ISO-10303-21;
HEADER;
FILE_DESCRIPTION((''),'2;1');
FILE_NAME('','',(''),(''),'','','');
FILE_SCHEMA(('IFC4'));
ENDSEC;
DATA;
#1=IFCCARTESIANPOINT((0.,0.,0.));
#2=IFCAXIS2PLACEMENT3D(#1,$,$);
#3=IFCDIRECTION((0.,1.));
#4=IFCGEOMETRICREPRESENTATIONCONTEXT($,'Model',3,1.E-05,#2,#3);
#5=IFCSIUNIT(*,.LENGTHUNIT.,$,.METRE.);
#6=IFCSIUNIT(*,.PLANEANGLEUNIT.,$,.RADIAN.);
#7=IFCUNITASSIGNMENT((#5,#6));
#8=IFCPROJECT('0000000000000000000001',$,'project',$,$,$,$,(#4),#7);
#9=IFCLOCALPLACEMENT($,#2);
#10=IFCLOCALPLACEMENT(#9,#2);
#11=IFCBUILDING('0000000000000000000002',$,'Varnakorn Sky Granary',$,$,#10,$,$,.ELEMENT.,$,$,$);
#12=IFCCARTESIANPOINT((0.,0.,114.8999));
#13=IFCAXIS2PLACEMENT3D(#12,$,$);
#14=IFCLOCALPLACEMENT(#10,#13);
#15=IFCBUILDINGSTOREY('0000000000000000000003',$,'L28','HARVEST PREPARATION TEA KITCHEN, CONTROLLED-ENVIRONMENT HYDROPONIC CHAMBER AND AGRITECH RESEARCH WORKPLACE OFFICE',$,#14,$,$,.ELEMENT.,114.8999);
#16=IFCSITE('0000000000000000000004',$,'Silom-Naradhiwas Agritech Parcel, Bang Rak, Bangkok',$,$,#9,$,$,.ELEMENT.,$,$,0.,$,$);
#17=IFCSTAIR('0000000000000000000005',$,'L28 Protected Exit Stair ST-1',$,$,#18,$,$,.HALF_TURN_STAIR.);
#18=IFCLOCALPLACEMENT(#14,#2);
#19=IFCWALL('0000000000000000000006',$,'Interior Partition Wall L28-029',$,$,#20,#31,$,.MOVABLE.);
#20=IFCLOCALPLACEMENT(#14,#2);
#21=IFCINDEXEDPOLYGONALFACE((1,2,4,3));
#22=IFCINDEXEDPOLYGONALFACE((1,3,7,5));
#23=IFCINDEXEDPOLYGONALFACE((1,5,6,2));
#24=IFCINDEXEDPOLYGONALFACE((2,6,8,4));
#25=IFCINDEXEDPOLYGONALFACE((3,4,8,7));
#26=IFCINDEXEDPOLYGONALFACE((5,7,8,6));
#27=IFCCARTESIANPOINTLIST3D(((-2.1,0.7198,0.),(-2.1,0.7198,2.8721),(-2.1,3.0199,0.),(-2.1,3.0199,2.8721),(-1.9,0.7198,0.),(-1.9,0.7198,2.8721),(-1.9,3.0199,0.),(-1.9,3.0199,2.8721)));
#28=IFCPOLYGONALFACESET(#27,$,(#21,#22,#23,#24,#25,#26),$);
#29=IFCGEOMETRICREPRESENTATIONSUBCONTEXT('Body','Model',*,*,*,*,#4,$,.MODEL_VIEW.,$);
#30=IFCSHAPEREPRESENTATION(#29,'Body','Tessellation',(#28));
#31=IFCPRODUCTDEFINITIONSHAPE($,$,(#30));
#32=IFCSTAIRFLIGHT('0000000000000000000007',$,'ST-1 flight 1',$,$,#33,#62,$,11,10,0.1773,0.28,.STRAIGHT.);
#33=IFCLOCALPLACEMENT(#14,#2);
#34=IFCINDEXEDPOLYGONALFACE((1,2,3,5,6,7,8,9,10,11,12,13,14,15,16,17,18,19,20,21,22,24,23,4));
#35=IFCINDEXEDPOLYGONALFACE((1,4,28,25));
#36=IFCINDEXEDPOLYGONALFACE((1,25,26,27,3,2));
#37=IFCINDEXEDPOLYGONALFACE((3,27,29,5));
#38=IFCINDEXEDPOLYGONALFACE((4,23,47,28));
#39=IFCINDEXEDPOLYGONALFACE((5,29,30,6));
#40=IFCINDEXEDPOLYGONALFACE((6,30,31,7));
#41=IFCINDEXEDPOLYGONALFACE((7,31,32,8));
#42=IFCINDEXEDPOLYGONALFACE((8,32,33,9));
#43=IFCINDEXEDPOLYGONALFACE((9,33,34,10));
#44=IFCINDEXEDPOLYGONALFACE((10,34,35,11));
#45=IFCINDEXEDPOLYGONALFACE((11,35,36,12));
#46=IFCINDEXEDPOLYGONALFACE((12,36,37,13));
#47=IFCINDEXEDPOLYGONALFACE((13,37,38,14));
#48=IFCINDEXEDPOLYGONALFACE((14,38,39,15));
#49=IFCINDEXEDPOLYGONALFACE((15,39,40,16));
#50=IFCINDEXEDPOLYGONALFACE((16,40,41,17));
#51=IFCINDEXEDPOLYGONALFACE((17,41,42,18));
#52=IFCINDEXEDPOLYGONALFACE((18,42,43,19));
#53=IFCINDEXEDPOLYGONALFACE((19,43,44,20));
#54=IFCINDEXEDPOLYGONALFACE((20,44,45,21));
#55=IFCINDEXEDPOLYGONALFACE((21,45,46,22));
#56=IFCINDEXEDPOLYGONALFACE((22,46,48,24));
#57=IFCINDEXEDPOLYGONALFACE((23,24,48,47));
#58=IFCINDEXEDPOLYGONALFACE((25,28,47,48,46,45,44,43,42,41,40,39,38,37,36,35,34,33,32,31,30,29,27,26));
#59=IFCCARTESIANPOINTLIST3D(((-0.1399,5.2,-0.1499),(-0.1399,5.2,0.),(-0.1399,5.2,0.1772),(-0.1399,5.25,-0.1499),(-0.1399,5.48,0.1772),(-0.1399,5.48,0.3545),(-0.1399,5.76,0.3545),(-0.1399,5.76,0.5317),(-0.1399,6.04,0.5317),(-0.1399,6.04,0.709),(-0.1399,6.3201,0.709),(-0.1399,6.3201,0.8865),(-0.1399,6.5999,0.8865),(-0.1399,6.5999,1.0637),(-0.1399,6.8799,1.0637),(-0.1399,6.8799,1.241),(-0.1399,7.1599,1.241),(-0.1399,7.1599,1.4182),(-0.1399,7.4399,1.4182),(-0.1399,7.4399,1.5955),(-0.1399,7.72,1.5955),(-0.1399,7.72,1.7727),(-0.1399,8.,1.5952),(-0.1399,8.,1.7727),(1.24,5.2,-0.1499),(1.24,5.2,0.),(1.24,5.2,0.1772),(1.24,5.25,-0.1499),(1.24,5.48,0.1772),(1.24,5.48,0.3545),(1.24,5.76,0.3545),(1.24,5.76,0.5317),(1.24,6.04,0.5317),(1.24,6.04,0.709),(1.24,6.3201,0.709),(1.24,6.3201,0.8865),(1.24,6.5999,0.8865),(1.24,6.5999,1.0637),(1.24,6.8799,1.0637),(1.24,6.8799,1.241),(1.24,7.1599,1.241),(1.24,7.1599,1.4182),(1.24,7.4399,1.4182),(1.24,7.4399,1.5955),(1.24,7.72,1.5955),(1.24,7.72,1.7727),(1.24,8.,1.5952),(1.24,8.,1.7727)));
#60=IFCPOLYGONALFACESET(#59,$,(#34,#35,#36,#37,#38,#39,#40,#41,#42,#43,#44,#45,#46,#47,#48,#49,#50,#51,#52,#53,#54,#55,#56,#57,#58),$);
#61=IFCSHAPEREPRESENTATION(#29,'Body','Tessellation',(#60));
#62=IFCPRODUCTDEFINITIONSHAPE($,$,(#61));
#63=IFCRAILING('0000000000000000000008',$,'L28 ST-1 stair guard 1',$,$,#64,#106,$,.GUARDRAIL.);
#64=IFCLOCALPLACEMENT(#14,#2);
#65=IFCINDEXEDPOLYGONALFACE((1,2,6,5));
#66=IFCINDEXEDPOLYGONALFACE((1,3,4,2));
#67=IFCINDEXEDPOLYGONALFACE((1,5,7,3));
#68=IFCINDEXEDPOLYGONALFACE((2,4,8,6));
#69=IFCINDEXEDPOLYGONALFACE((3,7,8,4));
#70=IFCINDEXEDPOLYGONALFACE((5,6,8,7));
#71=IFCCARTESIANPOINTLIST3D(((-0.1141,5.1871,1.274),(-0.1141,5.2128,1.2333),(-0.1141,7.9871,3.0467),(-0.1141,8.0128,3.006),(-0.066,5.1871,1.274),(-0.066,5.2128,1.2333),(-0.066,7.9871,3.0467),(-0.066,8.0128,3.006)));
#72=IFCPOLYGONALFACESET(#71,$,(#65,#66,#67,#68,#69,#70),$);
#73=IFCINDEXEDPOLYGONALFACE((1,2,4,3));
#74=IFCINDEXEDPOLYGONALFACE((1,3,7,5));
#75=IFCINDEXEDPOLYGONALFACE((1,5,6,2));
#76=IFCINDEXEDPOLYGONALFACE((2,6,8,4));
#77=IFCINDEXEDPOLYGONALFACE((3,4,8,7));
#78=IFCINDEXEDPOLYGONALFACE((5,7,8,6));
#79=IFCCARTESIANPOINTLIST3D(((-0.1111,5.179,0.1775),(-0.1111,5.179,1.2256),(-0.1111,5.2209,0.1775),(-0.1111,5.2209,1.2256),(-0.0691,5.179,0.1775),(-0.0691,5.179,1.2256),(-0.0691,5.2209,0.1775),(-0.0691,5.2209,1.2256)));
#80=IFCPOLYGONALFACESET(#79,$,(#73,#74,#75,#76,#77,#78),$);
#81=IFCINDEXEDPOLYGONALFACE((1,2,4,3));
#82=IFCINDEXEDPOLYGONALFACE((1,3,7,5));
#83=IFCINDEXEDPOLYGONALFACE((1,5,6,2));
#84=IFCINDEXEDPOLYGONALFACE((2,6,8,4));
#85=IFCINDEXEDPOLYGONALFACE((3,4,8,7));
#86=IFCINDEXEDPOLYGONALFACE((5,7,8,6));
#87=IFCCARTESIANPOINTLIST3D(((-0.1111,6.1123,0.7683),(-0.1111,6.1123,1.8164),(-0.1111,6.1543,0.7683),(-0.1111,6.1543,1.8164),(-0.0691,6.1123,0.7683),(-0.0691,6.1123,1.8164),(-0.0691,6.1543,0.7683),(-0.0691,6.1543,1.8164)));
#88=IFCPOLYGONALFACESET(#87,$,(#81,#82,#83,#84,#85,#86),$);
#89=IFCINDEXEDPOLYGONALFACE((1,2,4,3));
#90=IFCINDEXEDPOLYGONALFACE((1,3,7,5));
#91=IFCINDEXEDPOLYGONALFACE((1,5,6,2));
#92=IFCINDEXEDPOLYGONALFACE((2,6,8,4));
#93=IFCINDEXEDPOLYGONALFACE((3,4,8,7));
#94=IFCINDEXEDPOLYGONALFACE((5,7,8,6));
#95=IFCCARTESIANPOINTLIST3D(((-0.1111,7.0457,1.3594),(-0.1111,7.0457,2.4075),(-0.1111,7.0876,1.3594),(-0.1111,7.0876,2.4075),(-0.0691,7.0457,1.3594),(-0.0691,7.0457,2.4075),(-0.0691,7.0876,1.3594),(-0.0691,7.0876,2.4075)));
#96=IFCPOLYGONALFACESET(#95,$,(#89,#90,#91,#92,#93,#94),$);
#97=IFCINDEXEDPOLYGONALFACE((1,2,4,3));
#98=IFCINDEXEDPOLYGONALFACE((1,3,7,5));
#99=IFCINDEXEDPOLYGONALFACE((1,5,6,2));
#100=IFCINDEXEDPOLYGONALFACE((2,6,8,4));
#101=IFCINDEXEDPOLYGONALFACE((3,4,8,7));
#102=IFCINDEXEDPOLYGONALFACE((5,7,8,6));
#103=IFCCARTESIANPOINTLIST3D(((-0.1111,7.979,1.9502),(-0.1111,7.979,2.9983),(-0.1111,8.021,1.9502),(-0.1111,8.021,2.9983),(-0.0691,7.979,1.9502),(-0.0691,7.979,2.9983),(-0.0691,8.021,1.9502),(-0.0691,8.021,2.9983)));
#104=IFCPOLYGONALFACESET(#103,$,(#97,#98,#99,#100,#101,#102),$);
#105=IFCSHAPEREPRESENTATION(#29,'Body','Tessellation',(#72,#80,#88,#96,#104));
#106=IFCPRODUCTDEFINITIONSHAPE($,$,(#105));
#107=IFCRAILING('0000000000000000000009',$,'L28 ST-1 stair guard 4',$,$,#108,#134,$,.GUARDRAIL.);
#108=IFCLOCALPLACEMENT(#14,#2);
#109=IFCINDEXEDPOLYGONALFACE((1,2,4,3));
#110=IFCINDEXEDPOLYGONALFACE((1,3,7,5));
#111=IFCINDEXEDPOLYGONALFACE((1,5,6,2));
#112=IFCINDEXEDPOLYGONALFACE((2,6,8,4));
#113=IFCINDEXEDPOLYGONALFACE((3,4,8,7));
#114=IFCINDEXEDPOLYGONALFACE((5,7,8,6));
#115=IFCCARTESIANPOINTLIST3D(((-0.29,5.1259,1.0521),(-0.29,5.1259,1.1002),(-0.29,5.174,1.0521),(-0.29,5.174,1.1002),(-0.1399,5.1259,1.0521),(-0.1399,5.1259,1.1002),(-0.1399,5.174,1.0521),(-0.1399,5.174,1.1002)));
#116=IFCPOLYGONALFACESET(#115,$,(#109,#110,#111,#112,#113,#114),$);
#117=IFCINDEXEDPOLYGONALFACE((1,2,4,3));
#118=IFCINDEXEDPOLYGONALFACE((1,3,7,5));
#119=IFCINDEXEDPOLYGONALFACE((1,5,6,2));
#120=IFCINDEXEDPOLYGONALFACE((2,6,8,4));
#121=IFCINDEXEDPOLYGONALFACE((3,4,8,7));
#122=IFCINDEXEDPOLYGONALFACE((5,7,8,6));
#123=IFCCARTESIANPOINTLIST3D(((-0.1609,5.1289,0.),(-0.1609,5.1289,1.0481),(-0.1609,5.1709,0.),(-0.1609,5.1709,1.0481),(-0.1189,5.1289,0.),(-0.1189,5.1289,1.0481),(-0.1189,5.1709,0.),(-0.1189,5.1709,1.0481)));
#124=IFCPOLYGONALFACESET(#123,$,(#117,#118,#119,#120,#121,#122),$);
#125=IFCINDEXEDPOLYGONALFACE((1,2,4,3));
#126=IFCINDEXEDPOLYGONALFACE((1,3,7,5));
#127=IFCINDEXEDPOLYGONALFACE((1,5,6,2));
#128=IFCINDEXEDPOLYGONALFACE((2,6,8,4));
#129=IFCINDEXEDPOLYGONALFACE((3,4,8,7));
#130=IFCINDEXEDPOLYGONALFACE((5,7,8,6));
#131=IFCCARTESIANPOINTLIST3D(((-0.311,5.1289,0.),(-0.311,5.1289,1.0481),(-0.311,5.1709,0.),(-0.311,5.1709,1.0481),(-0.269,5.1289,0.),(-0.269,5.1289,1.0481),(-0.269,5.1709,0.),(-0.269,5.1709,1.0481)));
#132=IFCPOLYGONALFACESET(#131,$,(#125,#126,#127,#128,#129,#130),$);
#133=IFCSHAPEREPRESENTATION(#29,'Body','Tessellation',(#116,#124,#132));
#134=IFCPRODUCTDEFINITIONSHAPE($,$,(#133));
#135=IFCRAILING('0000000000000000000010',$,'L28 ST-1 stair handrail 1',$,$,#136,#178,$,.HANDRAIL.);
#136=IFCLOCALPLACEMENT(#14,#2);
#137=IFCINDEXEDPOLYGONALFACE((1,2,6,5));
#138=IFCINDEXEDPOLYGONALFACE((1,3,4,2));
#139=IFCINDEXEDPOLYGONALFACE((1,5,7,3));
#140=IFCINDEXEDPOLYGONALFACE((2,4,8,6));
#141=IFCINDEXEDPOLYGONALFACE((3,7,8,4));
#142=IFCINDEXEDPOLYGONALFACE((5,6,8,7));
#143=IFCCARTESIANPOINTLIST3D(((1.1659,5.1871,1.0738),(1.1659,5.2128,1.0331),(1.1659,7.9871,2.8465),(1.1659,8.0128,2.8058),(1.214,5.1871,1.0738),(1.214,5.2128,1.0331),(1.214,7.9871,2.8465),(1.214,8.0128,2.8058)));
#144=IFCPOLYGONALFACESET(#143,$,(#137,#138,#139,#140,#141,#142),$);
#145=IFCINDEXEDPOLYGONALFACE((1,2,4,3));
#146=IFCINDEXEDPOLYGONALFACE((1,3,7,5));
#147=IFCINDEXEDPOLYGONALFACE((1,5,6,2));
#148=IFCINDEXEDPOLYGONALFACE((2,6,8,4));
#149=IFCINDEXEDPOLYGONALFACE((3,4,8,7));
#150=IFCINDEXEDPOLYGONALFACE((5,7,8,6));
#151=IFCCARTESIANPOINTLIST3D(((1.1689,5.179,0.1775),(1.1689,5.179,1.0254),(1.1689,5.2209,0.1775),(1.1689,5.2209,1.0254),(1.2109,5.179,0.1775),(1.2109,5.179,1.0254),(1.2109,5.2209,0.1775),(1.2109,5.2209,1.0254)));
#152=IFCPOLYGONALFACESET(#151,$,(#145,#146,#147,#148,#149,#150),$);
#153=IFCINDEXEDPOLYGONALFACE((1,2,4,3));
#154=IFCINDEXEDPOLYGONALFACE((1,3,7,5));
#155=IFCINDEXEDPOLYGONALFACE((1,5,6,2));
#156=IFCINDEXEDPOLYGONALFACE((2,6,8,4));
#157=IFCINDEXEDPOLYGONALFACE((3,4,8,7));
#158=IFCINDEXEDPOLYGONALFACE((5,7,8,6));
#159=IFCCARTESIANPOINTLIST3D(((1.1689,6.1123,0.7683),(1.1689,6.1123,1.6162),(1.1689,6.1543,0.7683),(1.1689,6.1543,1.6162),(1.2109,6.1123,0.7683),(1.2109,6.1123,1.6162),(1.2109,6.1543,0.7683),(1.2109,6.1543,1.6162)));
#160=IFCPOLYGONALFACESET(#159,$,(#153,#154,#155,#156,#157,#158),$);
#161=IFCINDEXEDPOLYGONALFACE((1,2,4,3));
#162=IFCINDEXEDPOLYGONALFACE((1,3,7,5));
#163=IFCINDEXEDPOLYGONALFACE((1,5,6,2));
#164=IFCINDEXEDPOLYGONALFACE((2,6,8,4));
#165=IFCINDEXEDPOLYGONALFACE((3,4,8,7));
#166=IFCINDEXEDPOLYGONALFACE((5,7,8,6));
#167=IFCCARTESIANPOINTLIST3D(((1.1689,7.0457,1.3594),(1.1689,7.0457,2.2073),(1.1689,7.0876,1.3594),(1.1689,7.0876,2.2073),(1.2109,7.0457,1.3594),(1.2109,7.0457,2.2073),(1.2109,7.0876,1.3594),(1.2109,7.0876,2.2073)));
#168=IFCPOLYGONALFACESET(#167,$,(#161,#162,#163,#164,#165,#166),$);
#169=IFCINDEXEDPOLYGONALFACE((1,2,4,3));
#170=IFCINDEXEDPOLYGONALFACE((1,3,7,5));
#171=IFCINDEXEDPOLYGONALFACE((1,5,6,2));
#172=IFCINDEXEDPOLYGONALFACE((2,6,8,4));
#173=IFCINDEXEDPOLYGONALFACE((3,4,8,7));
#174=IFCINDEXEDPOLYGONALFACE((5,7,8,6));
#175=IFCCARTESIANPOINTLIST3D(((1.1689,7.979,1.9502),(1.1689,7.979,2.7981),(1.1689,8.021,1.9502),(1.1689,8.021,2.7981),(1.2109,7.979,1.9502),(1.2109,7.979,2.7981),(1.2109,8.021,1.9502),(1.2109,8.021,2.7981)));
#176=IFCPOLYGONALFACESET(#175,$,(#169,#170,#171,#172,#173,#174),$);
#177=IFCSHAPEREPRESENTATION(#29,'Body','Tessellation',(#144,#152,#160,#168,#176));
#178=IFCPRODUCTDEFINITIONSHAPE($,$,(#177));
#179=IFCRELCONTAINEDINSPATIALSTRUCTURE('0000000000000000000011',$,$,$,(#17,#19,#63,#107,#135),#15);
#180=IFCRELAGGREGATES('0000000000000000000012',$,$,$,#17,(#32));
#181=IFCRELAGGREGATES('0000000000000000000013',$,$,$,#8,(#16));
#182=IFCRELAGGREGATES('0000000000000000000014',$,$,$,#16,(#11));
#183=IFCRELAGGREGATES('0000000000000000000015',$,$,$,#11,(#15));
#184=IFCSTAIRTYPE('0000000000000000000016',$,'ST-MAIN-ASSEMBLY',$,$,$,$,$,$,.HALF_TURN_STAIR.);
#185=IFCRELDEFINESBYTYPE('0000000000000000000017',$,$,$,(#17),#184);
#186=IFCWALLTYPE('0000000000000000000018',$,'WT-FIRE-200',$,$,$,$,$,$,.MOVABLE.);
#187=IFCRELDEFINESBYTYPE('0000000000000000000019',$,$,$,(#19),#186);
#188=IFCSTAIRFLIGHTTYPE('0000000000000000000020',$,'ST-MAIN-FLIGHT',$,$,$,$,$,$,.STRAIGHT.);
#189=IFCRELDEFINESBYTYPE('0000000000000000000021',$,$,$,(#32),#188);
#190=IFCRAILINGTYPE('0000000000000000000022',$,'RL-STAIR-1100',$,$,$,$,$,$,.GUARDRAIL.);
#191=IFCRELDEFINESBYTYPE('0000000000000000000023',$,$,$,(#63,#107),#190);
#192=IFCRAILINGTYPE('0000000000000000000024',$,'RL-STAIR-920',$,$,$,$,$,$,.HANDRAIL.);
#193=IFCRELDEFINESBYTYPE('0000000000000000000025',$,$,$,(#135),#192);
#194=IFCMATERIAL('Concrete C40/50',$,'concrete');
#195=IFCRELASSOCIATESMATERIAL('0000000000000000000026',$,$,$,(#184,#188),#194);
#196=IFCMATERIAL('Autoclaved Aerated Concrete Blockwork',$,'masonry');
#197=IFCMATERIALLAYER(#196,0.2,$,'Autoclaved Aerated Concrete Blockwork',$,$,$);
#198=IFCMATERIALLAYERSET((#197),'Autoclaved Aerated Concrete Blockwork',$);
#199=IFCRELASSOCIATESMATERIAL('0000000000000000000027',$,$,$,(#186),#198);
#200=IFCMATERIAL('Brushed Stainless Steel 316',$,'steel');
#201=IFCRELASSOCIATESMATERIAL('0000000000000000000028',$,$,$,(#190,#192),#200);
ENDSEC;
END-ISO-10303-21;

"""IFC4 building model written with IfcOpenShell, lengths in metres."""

from ifc_helpers import new_model, si_unit, direction, frame, frame_2d, origin, origin_2d, place, context, subcontext, project, spatial, polyline, rectangle, outline, extrude, material, layer, layer_set, type_object, element, aggregate, save


model = new_model("IFC4")

# Units and contexts
model_context = context("Model", 3, precision=1e-05, world=origin(), true_north=direction((0.0, 1.0)))
body_context = subcontext(model_context, "Body", "Model", "MODEL_VIEW")
ifc_project = project(units=[si_unit("LENGTHUNIT", "METRE"), si_unit("PLANEANGLEUNIT", "RADIAN")], contexts=[model_context])

# Site, building, storey
site_placement = place(None, origin())
site = spatial("IfcSite", under=ifc_project, at=site_placement, Name="Silom-Naradhiwas Agritech Parcel, Bang Rak, Bangkok", CompositionType="ELEMENT", RefElevation=0.0)
building_placement = place(site_placement, origin())
building = spatial("IfcBuilding", under=site, at=building_placement, Name="Varnakorn Sky Granary", CompositionType="ELEMENT")
storey_placement = place(building_placement, frame((0.0, 0.0, 114.8999)))
storey = spatial("IfcBuildingStorey", under=building, at=storey_placement, Name="L28", Description="HARVEST PREPARATION TEA KITCHEN, CONTROLLED-ENVIRONMENT HYDROPONIC CHAMBER AND AGRITECH RESEARCH WORKPLACE OFFICE", CompositionType="ELEMENT", Elevation=114.8999)

# Stair
ifc_material_1 = material(Name="Concrete C40/50", Category="concrete")
stair_type = type_object("IfcStairType", Name="ST-MAIN-ASSEMBLY", PredefinedType="HALF_TURN_STAIR", material=ifc_material_1)
stair_1_placement = place(storey_placement, origin())
stair_1 = element("IfcStair", 1, at=stair_1_placement, inside=storey, type_object=stair_type, Name="L28 Protected Exit Stair ST-1", PredefinedType="HALF_TURN_STAIR")

# Wall
ifc_material_2 = material(Name="Autoclaved Aerated Concrete Blockwork", Category="masonry")
ifc_layer_1 = layer(ifc_material_2, 0.2, Name="Autoclaved Aerated Concrete Blockwork")
ifc_layer_set_1 = layer_set([ifc_layer_1], Name="Autoclaved Aerated Concrete Blockwork")
wall_type_1 = type_object("IfcWallType", Name="WT-FIRE-200", PredefinedType="MOVABLE", material=ifc_layer_set_1)
wall_1_placement = place(storey_placement, frame((-2.0, 0.72, 0.0), z_axis=(0.0, 0.0, 1.0), x_axis=(0.0, 1.0, 0.0)))
element("IfcWall", 2, at=wall_1_placement, inside=storey, type_object=wall_type_1, Name="Interior Partition Wall L28-029", PredefinedType="MOVABLE", context=body_context, shape_type="SweptSolid", body=[
    extrude(rectangle(XDim=2.3, YDim=0.2, at=frame_2d((1.1499, 0.0))), origin(), (0.0, 0.0, 1.0), 2.8721),
])

# Stair flight
stair_flight_type = type_object("IfcStairFlightType", Name="ST-MAIN-FLIGHT", PredefinedType="STRAIGHT", material=ifc_material_1)
stair_flight_placement = place(storey_placement, frame((0.55, 5.2, 0.0), z_axis=(0.0, 0.0, 1.0), x_axis=(0.0, 1.0, 0.0)))
stair_flight = element("IfcStairFlight", 3, at=stair_flight_placement, type_object=stair_flight_type, Name="ST-1 flight 1", NumberOfRisers=11, NumberOfTreads=10, PredefinedType="STRAIGHT", RiserHeight=0.1773, TreadLength=0.28, context=body_context, shape_type="SweptSolid", body=[
    extrude(outline(polyline([(0.0, -0.1499), (0.0, 0.0), (0.0, 0.1772), (0.28, 0.1772), (0.28, 0.3545), (0.5601, 0.3545), (0.5601, 0.5317), (0.8401, 0.5317), (0.8401, 0.709), (1.1201, 0.709), (1.1201, 0.8865), (1.3999, 0.8865), (1.3999, 1.0637), (1.6799, 1.0637), (1.6799, 1.241), (1.96, 1.241), (1.96, 1.4182), (2.24, 1.4182), (2.24, 1.5955), (2.52, 1.5955), (2.52, 1.7727), (2.8, 1.7727), (2.8, 1.95), (2.8, 1.5952), (0.05, -0.1499), (0.0, -0.1499)])), frame((0.0, 0.6899, 0.0), z_axis=(0.0, -1.0, 0.0), x_axis=(1.0, 0.0, 0.0)), (0.0, 0.0, 1.0), 1.3799),
])
aggregate(stair_1, [stair_flight])

# Railings
ifc_material_3 = material(Name="Brushed Stainless Steel 316", Category="steel")
railing_type_1 = type_object("IfcRailingType", Name="RL-STAIR-1100", PredefinedType="GUARDRAIL", material=ifc_material_3)
railing_1_placement = place(storey_placement, frame((-0.0901, 5.2, 0.1775)))
element("IfcRailing", 4, at=railing_1_placement, inside=storey, type_object=railing_type_1, Name="L28 ST-1 stair guard 1", PredefinedType="GUARDRAIL", context=body_context, shape_type="SweptSolid", body=[
    extrude(rectangle(XDim=0.0481, YDim=0.0481, at=origin_2d()), frame((0.0, 0.0, 1.0762), z_axis=(0.0, 0.844909, 0.53491), x_axis=(-1.0, 0.0, 0.0)), (0.0, 0.0, 1.0), 3.314),
    extrude(rectangle(XDim=0.042, YDim=0.042, at=origin_2d()), origin(), (0.0, 0.0, 1.0), 1.0481),
    extrude(rectangle(XDim=0.042, YDim=0.042, at=origin_2d()), frame((0.0, 0.9333, 0.5908)), (0.0, 0.0, 1.0), 1.0481),
    extrude(rectangle(XDim=0.042, YDim=0.042, at=origin_2d()), frame((0.0, 1.8667, 1.1819)), (0.0, 0.0, 1.0), 1.0481),
    extrude(rectangle(XDim=0.042, YDim=0.042, at=origin_2d()), frame((0.0, 2.8, 1.7727)), (0.0, 0.0, 1.0), 1.0481),
])
railing_2_placement = place(storey_placement, frame((-0.1399, 5.1499, 0.0)))
element("IfcRailing", 5, at=railing_2_placement, inside=storey, type_object=railing_type_1, Name="L28 ST-1 stair guard 4", PredefinedType="GUARDRAIL", context=body_context, shape_type="SweptSolid", body=[
    extrude(rectangle(XDim=0.0481, YDim=0.0481, at=origin_2d()), frame((0.0, 0.0, 1.0762), z_axis=(-1.0, 0.0, 0.0), x_axis=(0.0, -1.0, 0.0)), (0.0, 0.0, 1.0), 0.1501),
    extrude(rectangle(XDim=0.042, YDim=0.042, at=origin_2d()), origin(), (0.0, 0.0, 1.0), 1.0481),
    extrude(rectangle(XDim=0.042, YDim=0.042, at=origin_2d()), frame((-0.1501, 0.0, 0.0)), (0.0, 0.0, 1.0), 1.0481),
])
railing_type_2 = type_object("IfcRailingType", Name="RL-STAIR-920", PredefinedType="HANDRAIL", material=ifc_material_3)
railing_3_placement = place(storey_placement, frame((1.1899, 5.2, 0.1775)))
element("IfcRailing", 6, at=railing_3_placement, inside=storey, type_object=railing_type_2, Name="L28 ST-1 stair handrail 1", PredefinedType="HANDRAIL", context=body_context, shape_type="SweptSolid", body=[
    extrude(rectangle(XDim=0.0481, YDim=0.0481, at=origin_2d()), frame((0.0, 0.0, 0.876), z_axis=(0.0, 0.844909, 0.53491), x_axis=(-1.0, 0.0, 0.0)), (0.0, 0.0, 1.0), 3.314),
    extrude(rectangle(XDim=0.042, YDim=0.042, at=origin_2d()), origin(), (0.0, 0.0, 1.0), 0.8479),
    extrude(rectangle(XDim=0.042, YDim=0.042, at=origin_2d()), frame((0.0, 0.9333, 0.5908)), (0.0, 0.0, 1.0), 0.8479),
    extrude(rectangle(XDim=0.042, YDim=0.042, at=origin_2d()), frame((0.0, 1.8667, 1.1819)), (0.0, 0.0, 1.0), 0.8479),
    extrude(rectangle(XDim=0.042, YDim=0.042, at=origin_2d()), frame((0.0, 2.8, 1.7727)), (0.0, 0.0, 1.0), 0.8479),
])

save(model, "model.ifc")
